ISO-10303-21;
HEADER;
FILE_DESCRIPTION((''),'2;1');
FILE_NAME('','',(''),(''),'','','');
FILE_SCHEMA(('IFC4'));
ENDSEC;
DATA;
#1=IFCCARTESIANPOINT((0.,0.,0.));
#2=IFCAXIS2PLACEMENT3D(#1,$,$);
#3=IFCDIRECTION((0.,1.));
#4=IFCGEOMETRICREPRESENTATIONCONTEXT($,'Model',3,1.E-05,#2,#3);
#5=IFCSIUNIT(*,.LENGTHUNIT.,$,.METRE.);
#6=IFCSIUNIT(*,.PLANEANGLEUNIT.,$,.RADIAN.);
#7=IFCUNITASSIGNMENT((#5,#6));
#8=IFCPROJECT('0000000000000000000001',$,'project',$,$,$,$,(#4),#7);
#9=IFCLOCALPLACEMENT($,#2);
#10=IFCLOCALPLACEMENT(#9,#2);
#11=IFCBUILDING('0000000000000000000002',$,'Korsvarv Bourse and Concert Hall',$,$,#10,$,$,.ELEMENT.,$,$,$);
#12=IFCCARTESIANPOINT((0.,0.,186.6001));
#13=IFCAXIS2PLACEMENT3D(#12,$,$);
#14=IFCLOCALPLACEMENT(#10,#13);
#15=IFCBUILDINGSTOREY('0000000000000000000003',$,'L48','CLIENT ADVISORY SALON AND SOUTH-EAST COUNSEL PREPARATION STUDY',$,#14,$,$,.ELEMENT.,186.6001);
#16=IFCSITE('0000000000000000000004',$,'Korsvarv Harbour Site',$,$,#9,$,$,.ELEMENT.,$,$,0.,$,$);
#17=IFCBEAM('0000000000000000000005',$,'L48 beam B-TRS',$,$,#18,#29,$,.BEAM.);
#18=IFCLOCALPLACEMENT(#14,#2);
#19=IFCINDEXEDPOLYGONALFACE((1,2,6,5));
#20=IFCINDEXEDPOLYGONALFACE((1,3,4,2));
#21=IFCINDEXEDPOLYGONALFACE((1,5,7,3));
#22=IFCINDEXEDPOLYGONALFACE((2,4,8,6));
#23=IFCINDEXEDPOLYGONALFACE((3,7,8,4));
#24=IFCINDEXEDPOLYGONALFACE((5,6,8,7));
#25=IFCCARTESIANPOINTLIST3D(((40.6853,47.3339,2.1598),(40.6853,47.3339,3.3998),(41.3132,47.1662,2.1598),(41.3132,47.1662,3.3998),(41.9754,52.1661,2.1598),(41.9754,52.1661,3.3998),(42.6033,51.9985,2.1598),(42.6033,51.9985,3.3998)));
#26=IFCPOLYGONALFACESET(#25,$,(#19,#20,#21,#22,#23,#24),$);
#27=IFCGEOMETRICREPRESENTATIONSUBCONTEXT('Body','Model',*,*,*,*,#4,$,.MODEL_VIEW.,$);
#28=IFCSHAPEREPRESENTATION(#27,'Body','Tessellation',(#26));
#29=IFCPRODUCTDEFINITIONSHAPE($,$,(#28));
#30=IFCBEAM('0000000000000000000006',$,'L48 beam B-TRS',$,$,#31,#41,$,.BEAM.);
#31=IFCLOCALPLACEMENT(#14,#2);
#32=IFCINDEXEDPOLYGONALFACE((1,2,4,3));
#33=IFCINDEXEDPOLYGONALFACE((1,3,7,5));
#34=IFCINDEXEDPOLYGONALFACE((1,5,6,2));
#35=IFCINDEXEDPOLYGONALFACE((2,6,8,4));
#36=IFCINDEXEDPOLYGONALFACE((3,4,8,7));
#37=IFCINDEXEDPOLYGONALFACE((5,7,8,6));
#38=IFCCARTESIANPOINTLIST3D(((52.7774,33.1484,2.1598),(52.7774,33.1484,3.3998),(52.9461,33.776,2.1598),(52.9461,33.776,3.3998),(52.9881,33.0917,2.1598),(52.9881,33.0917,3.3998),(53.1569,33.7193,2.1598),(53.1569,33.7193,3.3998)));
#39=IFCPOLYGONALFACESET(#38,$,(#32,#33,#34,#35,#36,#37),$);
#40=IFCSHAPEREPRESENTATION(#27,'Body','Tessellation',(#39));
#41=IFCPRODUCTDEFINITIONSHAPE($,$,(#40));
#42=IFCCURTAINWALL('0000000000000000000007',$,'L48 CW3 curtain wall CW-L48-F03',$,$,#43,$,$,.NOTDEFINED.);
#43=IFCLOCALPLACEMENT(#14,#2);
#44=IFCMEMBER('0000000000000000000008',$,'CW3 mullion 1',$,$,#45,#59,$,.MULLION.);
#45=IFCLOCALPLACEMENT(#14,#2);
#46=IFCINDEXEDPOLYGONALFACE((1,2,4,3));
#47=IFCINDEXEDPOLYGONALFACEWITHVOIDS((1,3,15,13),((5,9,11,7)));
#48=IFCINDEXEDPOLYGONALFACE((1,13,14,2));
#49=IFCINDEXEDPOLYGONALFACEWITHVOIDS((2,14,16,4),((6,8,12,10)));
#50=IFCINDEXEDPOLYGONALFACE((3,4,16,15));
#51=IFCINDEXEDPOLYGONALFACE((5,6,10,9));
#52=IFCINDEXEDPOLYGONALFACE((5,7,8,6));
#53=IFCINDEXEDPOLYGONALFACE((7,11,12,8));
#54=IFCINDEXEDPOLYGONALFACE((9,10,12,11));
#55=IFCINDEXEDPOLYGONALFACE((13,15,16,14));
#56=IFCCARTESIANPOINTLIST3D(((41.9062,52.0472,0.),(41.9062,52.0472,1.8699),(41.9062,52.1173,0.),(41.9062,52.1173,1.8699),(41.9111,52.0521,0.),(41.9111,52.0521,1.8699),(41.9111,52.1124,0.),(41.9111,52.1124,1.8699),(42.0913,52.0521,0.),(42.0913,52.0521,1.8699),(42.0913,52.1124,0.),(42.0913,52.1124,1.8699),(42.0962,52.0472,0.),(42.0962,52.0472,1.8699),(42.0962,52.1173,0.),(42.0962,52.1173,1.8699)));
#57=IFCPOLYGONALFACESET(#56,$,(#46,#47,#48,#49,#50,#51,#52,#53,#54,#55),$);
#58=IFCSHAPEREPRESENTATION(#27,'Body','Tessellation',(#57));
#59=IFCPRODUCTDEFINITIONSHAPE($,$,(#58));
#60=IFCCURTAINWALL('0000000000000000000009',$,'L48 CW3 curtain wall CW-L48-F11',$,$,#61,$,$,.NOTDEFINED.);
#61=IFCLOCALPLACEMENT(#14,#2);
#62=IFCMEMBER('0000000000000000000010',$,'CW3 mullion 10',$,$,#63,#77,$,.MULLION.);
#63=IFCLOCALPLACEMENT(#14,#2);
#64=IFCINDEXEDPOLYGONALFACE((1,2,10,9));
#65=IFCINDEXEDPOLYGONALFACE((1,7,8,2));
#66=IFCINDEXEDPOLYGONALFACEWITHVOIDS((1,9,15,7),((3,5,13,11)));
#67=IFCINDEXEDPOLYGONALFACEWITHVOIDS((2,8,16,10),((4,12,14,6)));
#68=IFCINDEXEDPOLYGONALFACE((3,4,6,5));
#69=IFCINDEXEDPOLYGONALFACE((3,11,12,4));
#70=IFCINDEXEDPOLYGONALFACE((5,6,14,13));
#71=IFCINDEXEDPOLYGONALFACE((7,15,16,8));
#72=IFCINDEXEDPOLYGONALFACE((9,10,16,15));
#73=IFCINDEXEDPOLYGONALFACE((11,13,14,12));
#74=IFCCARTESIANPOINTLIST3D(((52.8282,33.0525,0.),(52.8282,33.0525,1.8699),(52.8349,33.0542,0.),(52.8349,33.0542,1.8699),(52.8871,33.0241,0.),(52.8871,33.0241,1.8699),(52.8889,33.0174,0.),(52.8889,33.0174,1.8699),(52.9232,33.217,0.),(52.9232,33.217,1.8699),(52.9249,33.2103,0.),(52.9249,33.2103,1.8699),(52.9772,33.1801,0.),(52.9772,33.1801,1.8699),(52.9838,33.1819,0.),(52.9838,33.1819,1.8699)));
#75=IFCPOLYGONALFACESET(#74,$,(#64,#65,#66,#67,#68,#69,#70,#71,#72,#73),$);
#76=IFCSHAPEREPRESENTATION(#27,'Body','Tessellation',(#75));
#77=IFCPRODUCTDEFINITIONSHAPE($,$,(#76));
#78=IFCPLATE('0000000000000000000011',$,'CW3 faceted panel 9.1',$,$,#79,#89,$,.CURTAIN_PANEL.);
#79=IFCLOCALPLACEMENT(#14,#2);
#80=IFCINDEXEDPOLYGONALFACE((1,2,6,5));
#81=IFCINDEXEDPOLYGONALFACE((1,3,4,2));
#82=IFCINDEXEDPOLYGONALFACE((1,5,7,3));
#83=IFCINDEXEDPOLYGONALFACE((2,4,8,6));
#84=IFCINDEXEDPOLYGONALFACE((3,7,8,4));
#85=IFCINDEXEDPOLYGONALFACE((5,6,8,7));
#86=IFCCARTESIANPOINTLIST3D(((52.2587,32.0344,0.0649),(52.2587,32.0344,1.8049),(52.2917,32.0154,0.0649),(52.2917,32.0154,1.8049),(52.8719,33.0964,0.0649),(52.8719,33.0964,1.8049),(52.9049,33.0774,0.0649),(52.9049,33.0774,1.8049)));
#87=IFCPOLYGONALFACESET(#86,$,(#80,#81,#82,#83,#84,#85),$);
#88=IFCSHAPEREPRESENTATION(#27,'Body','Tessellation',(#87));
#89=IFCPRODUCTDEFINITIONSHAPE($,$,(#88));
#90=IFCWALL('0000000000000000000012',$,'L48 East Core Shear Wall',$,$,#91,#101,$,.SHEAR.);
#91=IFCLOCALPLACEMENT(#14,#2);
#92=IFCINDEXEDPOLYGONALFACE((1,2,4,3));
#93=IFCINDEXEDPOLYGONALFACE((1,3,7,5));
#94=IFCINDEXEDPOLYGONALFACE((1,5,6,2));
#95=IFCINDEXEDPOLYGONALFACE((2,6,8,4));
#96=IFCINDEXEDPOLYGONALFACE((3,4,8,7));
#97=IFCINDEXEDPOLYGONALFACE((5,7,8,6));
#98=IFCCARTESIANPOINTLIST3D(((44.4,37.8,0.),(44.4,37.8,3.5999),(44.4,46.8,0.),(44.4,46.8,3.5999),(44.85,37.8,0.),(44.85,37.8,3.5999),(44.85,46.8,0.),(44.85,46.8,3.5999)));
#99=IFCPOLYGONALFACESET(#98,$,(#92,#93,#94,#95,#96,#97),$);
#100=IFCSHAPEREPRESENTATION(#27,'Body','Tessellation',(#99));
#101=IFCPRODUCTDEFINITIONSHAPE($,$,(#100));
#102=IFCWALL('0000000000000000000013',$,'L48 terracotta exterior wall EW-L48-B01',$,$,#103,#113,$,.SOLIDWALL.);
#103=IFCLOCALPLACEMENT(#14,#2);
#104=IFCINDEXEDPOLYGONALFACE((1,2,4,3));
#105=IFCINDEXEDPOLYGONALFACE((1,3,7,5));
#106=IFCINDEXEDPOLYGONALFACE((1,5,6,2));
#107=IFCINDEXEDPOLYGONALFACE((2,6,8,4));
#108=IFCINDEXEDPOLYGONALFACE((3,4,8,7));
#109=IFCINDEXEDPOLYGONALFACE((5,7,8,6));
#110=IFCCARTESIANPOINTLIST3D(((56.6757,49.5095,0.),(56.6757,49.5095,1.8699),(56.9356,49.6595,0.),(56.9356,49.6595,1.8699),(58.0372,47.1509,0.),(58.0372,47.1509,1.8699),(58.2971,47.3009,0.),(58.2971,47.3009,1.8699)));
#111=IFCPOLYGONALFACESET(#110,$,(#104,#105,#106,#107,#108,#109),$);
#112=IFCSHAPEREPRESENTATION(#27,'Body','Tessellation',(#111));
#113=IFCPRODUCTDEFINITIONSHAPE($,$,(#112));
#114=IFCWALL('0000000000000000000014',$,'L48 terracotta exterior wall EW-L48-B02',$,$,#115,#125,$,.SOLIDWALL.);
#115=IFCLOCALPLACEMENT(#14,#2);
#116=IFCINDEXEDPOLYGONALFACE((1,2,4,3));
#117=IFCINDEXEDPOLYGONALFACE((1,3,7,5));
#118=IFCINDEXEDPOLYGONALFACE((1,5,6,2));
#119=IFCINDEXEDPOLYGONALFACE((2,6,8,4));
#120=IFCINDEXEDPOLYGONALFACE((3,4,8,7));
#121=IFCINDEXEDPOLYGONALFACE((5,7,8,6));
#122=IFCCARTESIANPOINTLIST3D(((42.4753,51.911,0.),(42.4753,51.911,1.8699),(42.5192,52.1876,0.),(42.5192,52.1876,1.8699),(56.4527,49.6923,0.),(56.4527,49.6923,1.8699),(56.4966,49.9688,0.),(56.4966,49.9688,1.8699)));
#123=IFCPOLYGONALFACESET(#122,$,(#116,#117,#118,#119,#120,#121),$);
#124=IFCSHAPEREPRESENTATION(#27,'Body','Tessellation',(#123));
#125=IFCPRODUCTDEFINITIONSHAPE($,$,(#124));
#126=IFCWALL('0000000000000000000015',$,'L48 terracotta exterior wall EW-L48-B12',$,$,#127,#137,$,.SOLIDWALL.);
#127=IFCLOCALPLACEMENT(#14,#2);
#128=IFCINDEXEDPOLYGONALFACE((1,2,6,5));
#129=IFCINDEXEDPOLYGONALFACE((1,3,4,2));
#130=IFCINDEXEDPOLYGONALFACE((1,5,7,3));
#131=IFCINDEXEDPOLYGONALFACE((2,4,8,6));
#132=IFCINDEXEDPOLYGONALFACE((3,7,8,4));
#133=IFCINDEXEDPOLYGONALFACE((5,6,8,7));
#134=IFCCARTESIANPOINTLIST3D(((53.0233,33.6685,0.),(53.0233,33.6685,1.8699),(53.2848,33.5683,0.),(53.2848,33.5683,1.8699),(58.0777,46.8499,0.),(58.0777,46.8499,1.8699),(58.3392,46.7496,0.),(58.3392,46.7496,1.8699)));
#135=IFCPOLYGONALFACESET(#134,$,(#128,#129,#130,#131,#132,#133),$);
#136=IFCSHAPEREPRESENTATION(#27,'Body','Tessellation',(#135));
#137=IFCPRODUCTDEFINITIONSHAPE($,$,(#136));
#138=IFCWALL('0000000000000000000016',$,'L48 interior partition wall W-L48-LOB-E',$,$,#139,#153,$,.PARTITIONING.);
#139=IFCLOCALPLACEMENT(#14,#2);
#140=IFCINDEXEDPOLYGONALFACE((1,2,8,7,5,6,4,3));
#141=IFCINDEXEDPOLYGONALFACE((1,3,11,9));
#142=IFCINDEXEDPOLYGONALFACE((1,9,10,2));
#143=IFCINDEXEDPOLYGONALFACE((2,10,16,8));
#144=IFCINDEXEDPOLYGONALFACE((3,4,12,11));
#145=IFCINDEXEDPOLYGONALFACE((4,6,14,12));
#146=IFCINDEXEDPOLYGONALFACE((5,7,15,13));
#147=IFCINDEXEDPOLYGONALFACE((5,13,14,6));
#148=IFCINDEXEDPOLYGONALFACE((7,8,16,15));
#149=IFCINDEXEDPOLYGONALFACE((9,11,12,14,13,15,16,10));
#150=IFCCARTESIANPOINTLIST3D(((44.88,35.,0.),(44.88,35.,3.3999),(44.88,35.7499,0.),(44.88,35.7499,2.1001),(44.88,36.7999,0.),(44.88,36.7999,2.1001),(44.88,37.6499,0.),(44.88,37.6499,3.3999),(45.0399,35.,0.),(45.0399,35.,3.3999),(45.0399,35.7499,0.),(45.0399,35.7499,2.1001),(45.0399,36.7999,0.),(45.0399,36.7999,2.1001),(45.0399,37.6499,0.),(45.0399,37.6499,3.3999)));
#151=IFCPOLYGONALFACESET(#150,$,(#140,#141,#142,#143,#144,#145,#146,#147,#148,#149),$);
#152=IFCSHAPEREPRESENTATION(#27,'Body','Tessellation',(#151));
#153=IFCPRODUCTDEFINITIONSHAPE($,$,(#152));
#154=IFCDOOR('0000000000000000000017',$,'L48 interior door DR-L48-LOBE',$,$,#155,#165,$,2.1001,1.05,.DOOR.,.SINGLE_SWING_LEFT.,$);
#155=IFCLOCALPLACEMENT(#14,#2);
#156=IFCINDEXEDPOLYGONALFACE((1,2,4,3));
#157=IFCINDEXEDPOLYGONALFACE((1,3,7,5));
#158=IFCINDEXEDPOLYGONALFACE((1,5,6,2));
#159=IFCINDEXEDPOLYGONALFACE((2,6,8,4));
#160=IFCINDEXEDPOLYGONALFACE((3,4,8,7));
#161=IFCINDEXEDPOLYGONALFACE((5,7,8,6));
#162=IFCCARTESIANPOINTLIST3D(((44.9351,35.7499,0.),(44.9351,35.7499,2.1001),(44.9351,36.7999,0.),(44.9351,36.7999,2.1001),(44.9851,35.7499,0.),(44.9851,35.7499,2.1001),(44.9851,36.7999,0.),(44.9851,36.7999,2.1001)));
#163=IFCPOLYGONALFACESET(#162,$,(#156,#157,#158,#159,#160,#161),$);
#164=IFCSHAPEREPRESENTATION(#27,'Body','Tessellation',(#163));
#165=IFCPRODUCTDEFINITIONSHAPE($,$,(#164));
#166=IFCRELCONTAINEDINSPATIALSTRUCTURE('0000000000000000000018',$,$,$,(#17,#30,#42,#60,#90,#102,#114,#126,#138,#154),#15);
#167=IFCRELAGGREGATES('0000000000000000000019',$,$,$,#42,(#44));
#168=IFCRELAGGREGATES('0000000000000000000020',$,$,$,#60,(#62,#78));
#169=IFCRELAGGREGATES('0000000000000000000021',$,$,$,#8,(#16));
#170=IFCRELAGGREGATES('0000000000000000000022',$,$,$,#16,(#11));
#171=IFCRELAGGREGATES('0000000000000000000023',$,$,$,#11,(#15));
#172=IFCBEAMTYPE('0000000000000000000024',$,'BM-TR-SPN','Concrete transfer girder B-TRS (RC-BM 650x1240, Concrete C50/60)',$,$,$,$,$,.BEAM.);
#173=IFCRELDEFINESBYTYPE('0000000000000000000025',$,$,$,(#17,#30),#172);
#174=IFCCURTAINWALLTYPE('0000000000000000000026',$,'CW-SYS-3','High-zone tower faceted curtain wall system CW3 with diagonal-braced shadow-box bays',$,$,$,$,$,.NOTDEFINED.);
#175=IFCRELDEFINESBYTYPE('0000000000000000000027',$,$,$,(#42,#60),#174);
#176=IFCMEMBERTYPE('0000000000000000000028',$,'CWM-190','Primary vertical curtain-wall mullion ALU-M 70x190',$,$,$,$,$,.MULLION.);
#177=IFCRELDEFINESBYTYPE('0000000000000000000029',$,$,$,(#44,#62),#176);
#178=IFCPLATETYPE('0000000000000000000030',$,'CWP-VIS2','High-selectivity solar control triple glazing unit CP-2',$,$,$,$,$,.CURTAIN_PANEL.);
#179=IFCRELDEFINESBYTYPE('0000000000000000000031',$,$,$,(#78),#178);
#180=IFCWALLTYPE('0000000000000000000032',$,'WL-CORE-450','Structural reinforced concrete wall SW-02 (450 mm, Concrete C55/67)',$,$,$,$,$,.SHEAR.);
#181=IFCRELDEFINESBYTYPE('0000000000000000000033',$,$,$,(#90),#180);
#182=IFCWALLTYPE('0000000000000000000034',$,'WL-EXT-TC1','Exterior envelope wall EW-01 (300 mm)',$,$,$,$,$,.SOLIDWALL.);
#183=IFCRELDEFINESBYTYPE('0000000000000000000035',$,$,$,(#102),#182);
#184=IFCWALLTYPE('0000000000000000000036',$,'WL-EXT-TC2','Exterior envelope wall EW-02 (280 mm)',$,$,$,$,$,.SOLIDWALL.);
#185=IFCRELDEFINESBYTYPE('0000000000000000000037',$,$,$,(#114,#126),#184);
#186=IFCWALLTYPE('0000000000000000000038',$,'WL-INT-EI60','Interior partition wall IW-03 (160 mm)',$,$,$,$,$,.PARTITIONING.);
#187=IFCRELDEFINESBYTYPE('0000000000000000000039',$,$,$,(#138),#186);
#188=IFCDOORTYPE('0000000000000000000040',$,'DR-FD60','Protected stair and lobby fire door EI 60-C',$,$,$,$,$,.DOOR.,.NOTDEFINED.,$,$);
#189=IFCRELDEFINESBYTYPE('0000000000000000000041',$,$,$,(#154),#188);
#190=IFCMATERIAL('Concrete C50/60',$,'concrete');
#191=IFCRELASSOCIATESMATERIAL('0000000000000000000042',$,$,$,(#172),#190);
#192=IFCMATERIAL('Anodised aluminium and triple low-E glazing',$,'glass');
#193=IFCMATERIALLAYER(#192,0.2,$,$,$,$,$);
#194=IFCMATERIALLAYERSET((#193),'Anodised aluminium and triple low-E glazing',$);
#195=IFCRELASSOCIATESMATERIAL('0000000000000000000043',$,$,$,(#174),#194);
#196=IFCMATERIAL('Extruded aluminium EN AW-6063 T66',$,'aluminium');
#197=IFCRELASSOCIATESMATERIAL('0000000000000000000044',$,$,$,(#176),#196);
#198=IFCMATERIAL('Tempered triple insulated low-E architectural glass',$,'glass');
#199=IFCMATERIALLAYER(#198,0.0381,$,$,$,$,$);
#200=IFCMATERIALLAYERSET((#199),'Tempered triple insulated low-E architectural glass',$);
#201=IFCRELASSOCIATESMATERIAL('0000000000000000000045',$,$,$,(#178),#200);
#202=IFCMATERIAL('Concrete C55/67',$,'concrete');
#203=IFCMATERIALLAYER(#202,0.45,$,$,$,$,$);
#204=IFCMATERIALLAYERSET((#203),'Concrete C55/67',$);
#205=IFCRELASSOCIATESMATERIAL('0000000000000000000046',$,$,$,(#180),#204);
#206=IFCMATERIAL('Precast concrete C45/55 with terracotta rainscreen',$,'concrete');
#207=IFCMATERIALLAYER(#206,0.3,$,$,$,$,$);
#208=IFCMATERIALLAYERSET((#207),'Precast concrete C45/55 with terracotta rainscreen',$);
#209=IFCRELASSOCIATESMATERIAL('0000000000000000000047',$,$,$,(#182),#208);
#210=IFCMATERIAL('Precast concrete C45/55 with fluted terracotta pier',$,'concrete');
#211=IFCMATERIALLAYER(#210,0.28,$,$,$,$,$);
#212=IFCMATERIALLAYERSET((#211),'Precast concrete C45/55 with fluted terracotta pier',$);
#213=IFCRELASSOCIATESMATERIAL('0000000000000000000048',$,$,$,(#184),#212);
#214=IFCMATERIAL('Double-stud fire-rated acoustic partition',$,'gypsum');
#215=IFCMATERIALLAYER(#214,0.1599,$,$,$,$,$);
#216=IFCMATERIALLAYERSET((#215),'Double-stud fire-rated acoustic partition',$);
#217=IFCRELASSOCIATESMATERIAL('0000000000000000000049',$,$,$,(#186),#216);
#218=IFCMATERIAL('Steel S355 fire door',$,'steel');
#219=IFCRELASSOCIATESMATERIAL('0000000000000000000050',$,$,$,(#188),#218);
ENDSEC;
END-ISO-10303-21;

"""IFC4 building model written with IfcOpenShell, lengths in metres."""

from ifc_helpers import new_model, si_unit, direction, frame, frame_2d, origin, origin_2d, place, context, subcontext, project, spatial, rectangle, hollow_rectangle, extrude, source, transform, mapped, material, layer, layer_set, material_profile, profile_set, type_object, element, fill, aggregate, save


model = new_model("IFC4")

# Units and contexts
model_context = context("Model", 3, precision=1e-05, world=origin(), true_north=direction((0.0, 1.0)))
body_context = subcontext(model_context, "Body", "Model", "MODEL_VIEW")
ifc_project = project(units=[si_unit("LENGTHUNIT", "METRE"), si_unit("PLANEANGLEUNIT", "RADIAN")], contexts=[model_context])

# Site, building, storey
site_placement = place(None, origin())
site = spatial("IfcSite", under=ifc_project, at=site_placement, Name="Korsvarv Harbour Site", CompositionType="ELEMENT", RefElevation=0.0)
building_placement = place(site_placement, origin())
building = spatial("IfcBuilding", under=site, at=building_placement, Name="Korsvarv Bourse and Concert Hall", CompositionType="ELEMENT")
storey_placement = place(building_placement, frame((0.0, 0.0, 186.6001)))
storey = spatial("IfcBuildingStorey", under=building, at=storey_placement, Name="L48", Description="CLIENT ADVISORY SALON AND SOUTH-EAST COUNSEL PREPARATION STUDY", CompositionType="ELEMENT", Elevation=186.6001)

# Shared definitions
ifc_material_1 = material(Name="Concrete C55/67", Category="concrete")

# Beams
ifc_material_2 = material(Name="Concrete C50/60", Category="concrete")
ifc_material_profile_1 = material_profile(ifc_material_2, rectangle(XDim=0.6499, YDim=1.24, at=origin_2d()), Name="RC-BM 650x1240")
ifc_profile_set_1 = profile_set([ifc_material_profile_1], Name="Concrete C50/60")
beam_type_1 = type_object("IfcBeamType", Name="BM-TR-SPN", Description="Concrete transfer girder B-TRS (RC-BM 650x1240, Concrete C50/60)", PredefinedType="BEAM", material=ifc_profile_set_1)
shared_shape_1 = source(origin(), body_context, "Body", "SweptSolid", [
    extrude(rectangle(XDim=0.6499, YDim=1.24, at=origin_2d()), origin(), (0.0, 0.0, 1.0), 5.0015),
])
beam_1_placement = place(storey_placement, frame((42.2893, 52.0823, 2.7798), z_axis=(-0.25793, -0.966164, 0.0), x_axis=(0.966164, -0.25793, 0.0)))
element("IfcBeam", 1, at=beam_1_placement, inside=storey, type_object=beam_type_1, Name="L48 beam B-TRS", PredefinedType="BEAM", context=body_context, shape_type="MappedRepresentation", body=[
    mapped(shared_shape_1, transform((0.0, 0.0, 0.0), scale=1.0)),
])
shared_shape_2 = source(origin(), body_context, "Body", "SweptSolid", [
    extrude(rectangle(XDim=0.6499, YDim=1.24, at=origin_2d()), origin(), (0.0, 0.0, 1.0), 0.2183),
])
beam_2_placement = place(storey_placement, frame((53.0725, 33.4055, 2.7798), z_axis=(-0.965713, 0.259612, 0.0), x_axis=(-0.259612, -0.965713, 0.0)))
element("IfcBeam", 2, at=beam_2_placement, inside=storey, type_object=beam_type_1, Name="L48 beam B-TRS", PredefinedType="BEAM", context=body_context, shape_type="MappedRepresentation", body=[
    mapped(shared_shape_2, transform((0.0, 0.0, 0.0), scale=1.0)),
])

# Curtain wall, member
ifc_material_3 = material(Name="Anodised aluminium and triple low-E glazing", Category="glass")
ifc_layer_1 = layer(ifc_material_3, 0.2)
ifc_layer_set_1 = layer_set([ifc_layer_1], Name="Anodised aluminium and triple low-E glazing")
curtain_wall_type = type_object("IfcCurtainWallType", Name="CW-SYS-3", Description="High-zone tower faceted curtain wall system CW3 with diagonal-braced shadow-box bays", PredefinedType="NOTDEFINED", material=ifc_layer_set_1)
curtain_wall_1_placement = place(storey_placement, origin())
curtain_wall_1 = element("IfcCurtainWall", 3, at=curtain_wall_1_placement, inside=storey, type_object=curtain_wall_type, Name="L48 CW3 curtain wall CW-L48-F03", PredefinedType="NOTDEFINED")
ifc_material_4 = material(Name="Extruded aluminium EN AW-6063 T66", Category="aluminium")
ifc_material_profile_2 = material_profile(ifc_material_4, hollow_rectangle(XDim=0.0701, YDim=0.1899, WallThickness=0.0049, at=origin_2d()), Name="ALU-M 70x190")
ifc_profile_set_2 = profile_set([ifc_material_profile_2], Name="Extruded aluminium EN AW-6063 T66")
member_type = type_object("IfcMemberType", Name="CWM-190", Description="Primary vertical curtain-wall mullion ALU-M 70x190", PredefinedType="MULLION", material=ifc_profile_set_2)
shared_shape_3 = source(origin(), body_context, "Body", "SweptSolid", [
    extrude(hollow_rectangle(XDim=0.0701, YDim=0.1899, WallThickness=0.0049, at=origin_2d()), origin(), (0.0, 0.0, 1.0), 1.8699),
])
member_1_placement = place(storey_placement, frame((42.0012, 52.0823, 0.0), z_axis=(0.0, 0.0, 1.0), x_axis=(0.0, -1.0, 0.0)))
member_1 = element("IfcMember", 4, at=member_1_placement, type_object=member_type, Name="CW3 mullion 1", PredefinedType="MULLION", context=body_context, shape_type="MappedRepresentation", body=[
    mapped(shared_shape_3, transform((0.0, 0.0, 0.0), scale=1.0)),
])
aggregate(curtain_wall_1, [member_1])

# Curtain wall, member, plate
curtain_wall_2_placement = place(storey_placement, origin())
curtain_wall_2 = element("IfcCurtainWall", 5, at=curtain_wall_2_placement, inside=storey, type_object=curtain_wall_type, Name="L48 CW3 curtain wall CW-L48-F11", PredefinedType="NOTDEFINED")
member_2_placement = place(storey_placement, frame((52.906, 33.1172, 0.0), z_axis=(0.0, 0.0, 1.0), x_axis=(-0.866029, 0.499994, 0.0)))
member_2 = element("IfcMember", 6, at=member_2_placement, type_object=member_type, Name="CW3 mullion 10", PredefinedType="MULLION", context=body_context, shape_type="MappedRepresentation", body=[
    mapped(shared_shape_3, transform((0.0, 0.0, 0.0), scale=1.0)),
])
ifc_material_5 = material(Name="Tempered triple insulated low-E architectural glass", Category="glass")
ifc_layer_2 = layer(ifc_material_5, 0.0381)
ifc_layer_set_2 = layer_set([ifc_layer_2], Name="Tempered triple insulated low-E architectural glass")
plate_type = type_object("IfcPlateType", Name="CWP-VIS2", Description="High-selectivity solar control triple glazing unit CP-2", PredefinedType="CURTAIN_PANEL", material=ifc_layer_set_2)
shared_shape_4 = source(origin(), body_context, "Body", "SweptSolid", [
    extrude(rectangle(XDim=1.2263, YDim=0.0381, at=origin_2d()), origin(), (0.0, 0.0, 1.0), 1.74),
])
plate_placement = place(storey_placement, frame((52.5818, 32.5559, 0.0649), z_axis=(0.0, 0.0, 1.0), x_axis=(0.499994, 0.866029, 0.0)))
plate = element("IfcPlate", 7, at=plate_placement, type_object=plate_type, Name="CW3 faceted panel 9.1", PredefinedType="CURTAIN_PANEL", context=body_context, shape_type="MappedRepresentation", body=[
    mapped(shared_shape_4, transform((0.0, 0.0, 0.0), scale=1.0)),
])
aggregate(curtain_wall_2, [member_2, plate])

# Walls
ifc_layer_3 = layer(ifc_material_1, 0.45)
ifc_layer_set_3 = layer_set([ifc_layer_3], Name="Concrete C55/67")
wall_type_1 = type_object("IfcWallType", Name="WL-CORE-450", Description="Structural reinforced concrete wall SW-02 (450 mm, Concrete C55/67)", PredefinedType="SHEAR", material=ifc_layer_set_3)
wall_1_placement = place(storey_placement, frame((44.625, 37.8, 0.0), z_axis=(0.0, 0.0, 1.0), x_axis=(0.0, 1.0, 0.0)))
element("IfcWall", 8, at=wall_1_placement, inside=storey, type_object=wall_type_1, Name="L48 East Core Shear Wall", PredefinedType="SHEAR", context=body_context, shape_type="SweptSolid", body=[
    extrude(rectangle(XDim=9.0, YDim=0.45, at=frame_2d((4.5, 0.0))), origin(), (0.0, 0.0, 1.0), 3.5999),
])
ifc_material_6 = material(Name="Precast concrete C45/55 with terracotta rainscreen", Category="concrete")
ifc_layer_4 = layer(ifc_material_6, 0.3)
ifc_layer_set_4 = layer_set([ifc_layer_4], Name="Precast concrete C45/55 with terracotta rainscreen")
wall_type_2 = type_object("IfcWallType", Name="WL-EXT-TC1", Description="Exterior envelope wall EW-01 (300 mm)", PredefinedType="SOLIDWALL", material=ifc_layer_set_4)
wall_2_placement = place(storey_placement, frame((58.1672, 47.2258, 0.0), z_axis=(0.0, 0.0, 1.0), x_axis=(-0.499947, 0.866056, 0.0)))
element("IfcWall", 9, at=wall_2_placement, inside=storey, type_object=wall_type_2, Name="L48 terracotta exterior wall EW-L48-B01", PredefinedType="SOLIDWALL", context=body_context, shape_type="SweptSolid", body=[
    extrude(rectangle(XDim=2.7234, YDim=0.3, at=frame_2d((1.3618, 0.0))), origin(), (0.0, 0.0, 1.0), 1.8699),
])
ifc_material_7 = material(Name="Precast concrete C45/55 with fluted terracotta pier", Category="concrete")
ifc_layer_5 = layer(ifc_material_7, 0.28)
ifc_layer_set_5 = layer_set([ifc_layer_5], Name="Precast concrete C45/55 with fluted terracotta pier")
wall_type_3 = type_object("IfcWallType", Name="WL-EXT-TC2", Description="Exterior envelope wall EW-02 (280 mm)", PredefinedType="SOLIDWALL", material=ifc_layer_set_5)
wall_3_placement = place(storey_placement, frame((56.4746, 49.8306, 0.0), z_axis=(0.0, 0.0, 1.0), x_axis=(-0.987634, 0.156777, 0.0)))
element("IfcWall", 10, at=wall_3_placement, inside=storey, type_object=wall_type_3, Name="L48 terracotta exterior wall EW-L48-B02", PredefinedType="SOLIDWALL", context=body_context, shape_type="SweptSolid", body=[
    extrude(rectangle(XDim=14.1523, YDim=0.28, at=frame_2d((7.0762, 0.0))), origin(), (0.0, 0.0, 1.0), 1.8699),
])
wall_4_placement = place(storey_placement, frame((53.1541, 33.6184, 0.0), z_axis=(0.0, 0.0, 1.0), x_axis=(0.358033, 0.933709, 0.0)))
element("IfcWall", 11, at=wall_4_placement, inside=storey, type_object=wall_type_3, Name="L48 terracotta exterior wall EW-L48-B12", PredefinedType="SOLIDWALL", context=body_context, shape_type="SweptSolid", body=[
    extrude(rectangle(XDim=14.1172, YDim=0.28, at=frame_2d((7.0586, 0.0))), origin(), (0.0, 0.0, 1.0), 1.8699),
])

# Wall, opening, door
ifc_material_8 = material(Name="Double-stud fire-rated acoustic partition", Category="gypsum")
ifc_layer_6 = layer(ifc_material_8, 0.1599)
ifc_layer_set_6 = layer_set([ifc_layer_6], Name="Double-stud fire-rated acoustic partition")
wall_type_4 = type_object("IfcWallType", Name="WL-INT-EI60", Description="Interior partition wall IW-03 (160 mm)", PredefinedType="PARTITIONING", material=ifc_layer_set_6)
wall_5_placement = place(storey_placement, frame((44.96, 35.0, 0.0), z_axis=(0.0, 0.0, 1.0), x_axis=(0.0, 1.0, 0.0)))
wall_5 = element("IfcWall", 12, at=wall_5_placement, inside=storey, type_object=wall_type_4, Name="L48 interior partition wall W-L48-LOB-E", PredefinedType="PARTITIONING", context=body_context, shape_type="SweptSolid", body=[
    extrude(rectangle(XDim=2.6499, YDim=0.1599, at=frame_2d((1.325, 0.0))), origin(), (0.0, 0.0, 1.0), 3.3999),
])
opening_placement = place(wall_5_placement, frame((0.75, 0.0, 0.0)))
opening = element("IfcOpeningElement", 13, at=opening_placement, cuts=wall_5, PredefinedType="OPENING", context=body_context, shape_type="SweptSolid", body=[
    extrude(rectangle(XDim=1.05, YDim=2.1001, at=frame_2d((0.5249, 1.05))), frame((0.0, 0.0898, 0.0), z_axis=(0.0, -1.0, 0.0), x_axis=(1.0, 0.0, 0.0)), (0.0, 0.0, 1.0), 0.1799),
])
ifc_material_9 = material(Name="Steel S355 fire door", Category="steel")
door_type = type_object("IfcDoorType", Name="DR-FD60", Description="Protected stair and lobby fire door EI 60-C", OperationType="NOTDEFINED", PredefinedType="DOOR", material=ifc_material_9)
door_placement = place(opening_placement, origin())
door = element("IfcDoor", 14, at=door_placement, inside=storey, type_object=door_type, Name="L48 interior door DR-L48-LOBE", OperationType="SINGLE_SWING_LEFT", OverallHeight=2.1001, OverallWidth=1.05, PredefinedType="DOOR", context=body_context, shape_type="SweptSolid", body=[
    extrude(rectangle(XDim=1.05, YDim=2.1001, at=frame_2d((0.5249, 1.05))), frame((0.0, 0.0249, 0.0), z_axis=(0.0, -1.0, 0.0), x_axis=(1.0, 0.0, 0.0)), (0.0, 0.0, 1.0), 0.05),
])
fill(opening, door)

save(model, "model.ifc")
